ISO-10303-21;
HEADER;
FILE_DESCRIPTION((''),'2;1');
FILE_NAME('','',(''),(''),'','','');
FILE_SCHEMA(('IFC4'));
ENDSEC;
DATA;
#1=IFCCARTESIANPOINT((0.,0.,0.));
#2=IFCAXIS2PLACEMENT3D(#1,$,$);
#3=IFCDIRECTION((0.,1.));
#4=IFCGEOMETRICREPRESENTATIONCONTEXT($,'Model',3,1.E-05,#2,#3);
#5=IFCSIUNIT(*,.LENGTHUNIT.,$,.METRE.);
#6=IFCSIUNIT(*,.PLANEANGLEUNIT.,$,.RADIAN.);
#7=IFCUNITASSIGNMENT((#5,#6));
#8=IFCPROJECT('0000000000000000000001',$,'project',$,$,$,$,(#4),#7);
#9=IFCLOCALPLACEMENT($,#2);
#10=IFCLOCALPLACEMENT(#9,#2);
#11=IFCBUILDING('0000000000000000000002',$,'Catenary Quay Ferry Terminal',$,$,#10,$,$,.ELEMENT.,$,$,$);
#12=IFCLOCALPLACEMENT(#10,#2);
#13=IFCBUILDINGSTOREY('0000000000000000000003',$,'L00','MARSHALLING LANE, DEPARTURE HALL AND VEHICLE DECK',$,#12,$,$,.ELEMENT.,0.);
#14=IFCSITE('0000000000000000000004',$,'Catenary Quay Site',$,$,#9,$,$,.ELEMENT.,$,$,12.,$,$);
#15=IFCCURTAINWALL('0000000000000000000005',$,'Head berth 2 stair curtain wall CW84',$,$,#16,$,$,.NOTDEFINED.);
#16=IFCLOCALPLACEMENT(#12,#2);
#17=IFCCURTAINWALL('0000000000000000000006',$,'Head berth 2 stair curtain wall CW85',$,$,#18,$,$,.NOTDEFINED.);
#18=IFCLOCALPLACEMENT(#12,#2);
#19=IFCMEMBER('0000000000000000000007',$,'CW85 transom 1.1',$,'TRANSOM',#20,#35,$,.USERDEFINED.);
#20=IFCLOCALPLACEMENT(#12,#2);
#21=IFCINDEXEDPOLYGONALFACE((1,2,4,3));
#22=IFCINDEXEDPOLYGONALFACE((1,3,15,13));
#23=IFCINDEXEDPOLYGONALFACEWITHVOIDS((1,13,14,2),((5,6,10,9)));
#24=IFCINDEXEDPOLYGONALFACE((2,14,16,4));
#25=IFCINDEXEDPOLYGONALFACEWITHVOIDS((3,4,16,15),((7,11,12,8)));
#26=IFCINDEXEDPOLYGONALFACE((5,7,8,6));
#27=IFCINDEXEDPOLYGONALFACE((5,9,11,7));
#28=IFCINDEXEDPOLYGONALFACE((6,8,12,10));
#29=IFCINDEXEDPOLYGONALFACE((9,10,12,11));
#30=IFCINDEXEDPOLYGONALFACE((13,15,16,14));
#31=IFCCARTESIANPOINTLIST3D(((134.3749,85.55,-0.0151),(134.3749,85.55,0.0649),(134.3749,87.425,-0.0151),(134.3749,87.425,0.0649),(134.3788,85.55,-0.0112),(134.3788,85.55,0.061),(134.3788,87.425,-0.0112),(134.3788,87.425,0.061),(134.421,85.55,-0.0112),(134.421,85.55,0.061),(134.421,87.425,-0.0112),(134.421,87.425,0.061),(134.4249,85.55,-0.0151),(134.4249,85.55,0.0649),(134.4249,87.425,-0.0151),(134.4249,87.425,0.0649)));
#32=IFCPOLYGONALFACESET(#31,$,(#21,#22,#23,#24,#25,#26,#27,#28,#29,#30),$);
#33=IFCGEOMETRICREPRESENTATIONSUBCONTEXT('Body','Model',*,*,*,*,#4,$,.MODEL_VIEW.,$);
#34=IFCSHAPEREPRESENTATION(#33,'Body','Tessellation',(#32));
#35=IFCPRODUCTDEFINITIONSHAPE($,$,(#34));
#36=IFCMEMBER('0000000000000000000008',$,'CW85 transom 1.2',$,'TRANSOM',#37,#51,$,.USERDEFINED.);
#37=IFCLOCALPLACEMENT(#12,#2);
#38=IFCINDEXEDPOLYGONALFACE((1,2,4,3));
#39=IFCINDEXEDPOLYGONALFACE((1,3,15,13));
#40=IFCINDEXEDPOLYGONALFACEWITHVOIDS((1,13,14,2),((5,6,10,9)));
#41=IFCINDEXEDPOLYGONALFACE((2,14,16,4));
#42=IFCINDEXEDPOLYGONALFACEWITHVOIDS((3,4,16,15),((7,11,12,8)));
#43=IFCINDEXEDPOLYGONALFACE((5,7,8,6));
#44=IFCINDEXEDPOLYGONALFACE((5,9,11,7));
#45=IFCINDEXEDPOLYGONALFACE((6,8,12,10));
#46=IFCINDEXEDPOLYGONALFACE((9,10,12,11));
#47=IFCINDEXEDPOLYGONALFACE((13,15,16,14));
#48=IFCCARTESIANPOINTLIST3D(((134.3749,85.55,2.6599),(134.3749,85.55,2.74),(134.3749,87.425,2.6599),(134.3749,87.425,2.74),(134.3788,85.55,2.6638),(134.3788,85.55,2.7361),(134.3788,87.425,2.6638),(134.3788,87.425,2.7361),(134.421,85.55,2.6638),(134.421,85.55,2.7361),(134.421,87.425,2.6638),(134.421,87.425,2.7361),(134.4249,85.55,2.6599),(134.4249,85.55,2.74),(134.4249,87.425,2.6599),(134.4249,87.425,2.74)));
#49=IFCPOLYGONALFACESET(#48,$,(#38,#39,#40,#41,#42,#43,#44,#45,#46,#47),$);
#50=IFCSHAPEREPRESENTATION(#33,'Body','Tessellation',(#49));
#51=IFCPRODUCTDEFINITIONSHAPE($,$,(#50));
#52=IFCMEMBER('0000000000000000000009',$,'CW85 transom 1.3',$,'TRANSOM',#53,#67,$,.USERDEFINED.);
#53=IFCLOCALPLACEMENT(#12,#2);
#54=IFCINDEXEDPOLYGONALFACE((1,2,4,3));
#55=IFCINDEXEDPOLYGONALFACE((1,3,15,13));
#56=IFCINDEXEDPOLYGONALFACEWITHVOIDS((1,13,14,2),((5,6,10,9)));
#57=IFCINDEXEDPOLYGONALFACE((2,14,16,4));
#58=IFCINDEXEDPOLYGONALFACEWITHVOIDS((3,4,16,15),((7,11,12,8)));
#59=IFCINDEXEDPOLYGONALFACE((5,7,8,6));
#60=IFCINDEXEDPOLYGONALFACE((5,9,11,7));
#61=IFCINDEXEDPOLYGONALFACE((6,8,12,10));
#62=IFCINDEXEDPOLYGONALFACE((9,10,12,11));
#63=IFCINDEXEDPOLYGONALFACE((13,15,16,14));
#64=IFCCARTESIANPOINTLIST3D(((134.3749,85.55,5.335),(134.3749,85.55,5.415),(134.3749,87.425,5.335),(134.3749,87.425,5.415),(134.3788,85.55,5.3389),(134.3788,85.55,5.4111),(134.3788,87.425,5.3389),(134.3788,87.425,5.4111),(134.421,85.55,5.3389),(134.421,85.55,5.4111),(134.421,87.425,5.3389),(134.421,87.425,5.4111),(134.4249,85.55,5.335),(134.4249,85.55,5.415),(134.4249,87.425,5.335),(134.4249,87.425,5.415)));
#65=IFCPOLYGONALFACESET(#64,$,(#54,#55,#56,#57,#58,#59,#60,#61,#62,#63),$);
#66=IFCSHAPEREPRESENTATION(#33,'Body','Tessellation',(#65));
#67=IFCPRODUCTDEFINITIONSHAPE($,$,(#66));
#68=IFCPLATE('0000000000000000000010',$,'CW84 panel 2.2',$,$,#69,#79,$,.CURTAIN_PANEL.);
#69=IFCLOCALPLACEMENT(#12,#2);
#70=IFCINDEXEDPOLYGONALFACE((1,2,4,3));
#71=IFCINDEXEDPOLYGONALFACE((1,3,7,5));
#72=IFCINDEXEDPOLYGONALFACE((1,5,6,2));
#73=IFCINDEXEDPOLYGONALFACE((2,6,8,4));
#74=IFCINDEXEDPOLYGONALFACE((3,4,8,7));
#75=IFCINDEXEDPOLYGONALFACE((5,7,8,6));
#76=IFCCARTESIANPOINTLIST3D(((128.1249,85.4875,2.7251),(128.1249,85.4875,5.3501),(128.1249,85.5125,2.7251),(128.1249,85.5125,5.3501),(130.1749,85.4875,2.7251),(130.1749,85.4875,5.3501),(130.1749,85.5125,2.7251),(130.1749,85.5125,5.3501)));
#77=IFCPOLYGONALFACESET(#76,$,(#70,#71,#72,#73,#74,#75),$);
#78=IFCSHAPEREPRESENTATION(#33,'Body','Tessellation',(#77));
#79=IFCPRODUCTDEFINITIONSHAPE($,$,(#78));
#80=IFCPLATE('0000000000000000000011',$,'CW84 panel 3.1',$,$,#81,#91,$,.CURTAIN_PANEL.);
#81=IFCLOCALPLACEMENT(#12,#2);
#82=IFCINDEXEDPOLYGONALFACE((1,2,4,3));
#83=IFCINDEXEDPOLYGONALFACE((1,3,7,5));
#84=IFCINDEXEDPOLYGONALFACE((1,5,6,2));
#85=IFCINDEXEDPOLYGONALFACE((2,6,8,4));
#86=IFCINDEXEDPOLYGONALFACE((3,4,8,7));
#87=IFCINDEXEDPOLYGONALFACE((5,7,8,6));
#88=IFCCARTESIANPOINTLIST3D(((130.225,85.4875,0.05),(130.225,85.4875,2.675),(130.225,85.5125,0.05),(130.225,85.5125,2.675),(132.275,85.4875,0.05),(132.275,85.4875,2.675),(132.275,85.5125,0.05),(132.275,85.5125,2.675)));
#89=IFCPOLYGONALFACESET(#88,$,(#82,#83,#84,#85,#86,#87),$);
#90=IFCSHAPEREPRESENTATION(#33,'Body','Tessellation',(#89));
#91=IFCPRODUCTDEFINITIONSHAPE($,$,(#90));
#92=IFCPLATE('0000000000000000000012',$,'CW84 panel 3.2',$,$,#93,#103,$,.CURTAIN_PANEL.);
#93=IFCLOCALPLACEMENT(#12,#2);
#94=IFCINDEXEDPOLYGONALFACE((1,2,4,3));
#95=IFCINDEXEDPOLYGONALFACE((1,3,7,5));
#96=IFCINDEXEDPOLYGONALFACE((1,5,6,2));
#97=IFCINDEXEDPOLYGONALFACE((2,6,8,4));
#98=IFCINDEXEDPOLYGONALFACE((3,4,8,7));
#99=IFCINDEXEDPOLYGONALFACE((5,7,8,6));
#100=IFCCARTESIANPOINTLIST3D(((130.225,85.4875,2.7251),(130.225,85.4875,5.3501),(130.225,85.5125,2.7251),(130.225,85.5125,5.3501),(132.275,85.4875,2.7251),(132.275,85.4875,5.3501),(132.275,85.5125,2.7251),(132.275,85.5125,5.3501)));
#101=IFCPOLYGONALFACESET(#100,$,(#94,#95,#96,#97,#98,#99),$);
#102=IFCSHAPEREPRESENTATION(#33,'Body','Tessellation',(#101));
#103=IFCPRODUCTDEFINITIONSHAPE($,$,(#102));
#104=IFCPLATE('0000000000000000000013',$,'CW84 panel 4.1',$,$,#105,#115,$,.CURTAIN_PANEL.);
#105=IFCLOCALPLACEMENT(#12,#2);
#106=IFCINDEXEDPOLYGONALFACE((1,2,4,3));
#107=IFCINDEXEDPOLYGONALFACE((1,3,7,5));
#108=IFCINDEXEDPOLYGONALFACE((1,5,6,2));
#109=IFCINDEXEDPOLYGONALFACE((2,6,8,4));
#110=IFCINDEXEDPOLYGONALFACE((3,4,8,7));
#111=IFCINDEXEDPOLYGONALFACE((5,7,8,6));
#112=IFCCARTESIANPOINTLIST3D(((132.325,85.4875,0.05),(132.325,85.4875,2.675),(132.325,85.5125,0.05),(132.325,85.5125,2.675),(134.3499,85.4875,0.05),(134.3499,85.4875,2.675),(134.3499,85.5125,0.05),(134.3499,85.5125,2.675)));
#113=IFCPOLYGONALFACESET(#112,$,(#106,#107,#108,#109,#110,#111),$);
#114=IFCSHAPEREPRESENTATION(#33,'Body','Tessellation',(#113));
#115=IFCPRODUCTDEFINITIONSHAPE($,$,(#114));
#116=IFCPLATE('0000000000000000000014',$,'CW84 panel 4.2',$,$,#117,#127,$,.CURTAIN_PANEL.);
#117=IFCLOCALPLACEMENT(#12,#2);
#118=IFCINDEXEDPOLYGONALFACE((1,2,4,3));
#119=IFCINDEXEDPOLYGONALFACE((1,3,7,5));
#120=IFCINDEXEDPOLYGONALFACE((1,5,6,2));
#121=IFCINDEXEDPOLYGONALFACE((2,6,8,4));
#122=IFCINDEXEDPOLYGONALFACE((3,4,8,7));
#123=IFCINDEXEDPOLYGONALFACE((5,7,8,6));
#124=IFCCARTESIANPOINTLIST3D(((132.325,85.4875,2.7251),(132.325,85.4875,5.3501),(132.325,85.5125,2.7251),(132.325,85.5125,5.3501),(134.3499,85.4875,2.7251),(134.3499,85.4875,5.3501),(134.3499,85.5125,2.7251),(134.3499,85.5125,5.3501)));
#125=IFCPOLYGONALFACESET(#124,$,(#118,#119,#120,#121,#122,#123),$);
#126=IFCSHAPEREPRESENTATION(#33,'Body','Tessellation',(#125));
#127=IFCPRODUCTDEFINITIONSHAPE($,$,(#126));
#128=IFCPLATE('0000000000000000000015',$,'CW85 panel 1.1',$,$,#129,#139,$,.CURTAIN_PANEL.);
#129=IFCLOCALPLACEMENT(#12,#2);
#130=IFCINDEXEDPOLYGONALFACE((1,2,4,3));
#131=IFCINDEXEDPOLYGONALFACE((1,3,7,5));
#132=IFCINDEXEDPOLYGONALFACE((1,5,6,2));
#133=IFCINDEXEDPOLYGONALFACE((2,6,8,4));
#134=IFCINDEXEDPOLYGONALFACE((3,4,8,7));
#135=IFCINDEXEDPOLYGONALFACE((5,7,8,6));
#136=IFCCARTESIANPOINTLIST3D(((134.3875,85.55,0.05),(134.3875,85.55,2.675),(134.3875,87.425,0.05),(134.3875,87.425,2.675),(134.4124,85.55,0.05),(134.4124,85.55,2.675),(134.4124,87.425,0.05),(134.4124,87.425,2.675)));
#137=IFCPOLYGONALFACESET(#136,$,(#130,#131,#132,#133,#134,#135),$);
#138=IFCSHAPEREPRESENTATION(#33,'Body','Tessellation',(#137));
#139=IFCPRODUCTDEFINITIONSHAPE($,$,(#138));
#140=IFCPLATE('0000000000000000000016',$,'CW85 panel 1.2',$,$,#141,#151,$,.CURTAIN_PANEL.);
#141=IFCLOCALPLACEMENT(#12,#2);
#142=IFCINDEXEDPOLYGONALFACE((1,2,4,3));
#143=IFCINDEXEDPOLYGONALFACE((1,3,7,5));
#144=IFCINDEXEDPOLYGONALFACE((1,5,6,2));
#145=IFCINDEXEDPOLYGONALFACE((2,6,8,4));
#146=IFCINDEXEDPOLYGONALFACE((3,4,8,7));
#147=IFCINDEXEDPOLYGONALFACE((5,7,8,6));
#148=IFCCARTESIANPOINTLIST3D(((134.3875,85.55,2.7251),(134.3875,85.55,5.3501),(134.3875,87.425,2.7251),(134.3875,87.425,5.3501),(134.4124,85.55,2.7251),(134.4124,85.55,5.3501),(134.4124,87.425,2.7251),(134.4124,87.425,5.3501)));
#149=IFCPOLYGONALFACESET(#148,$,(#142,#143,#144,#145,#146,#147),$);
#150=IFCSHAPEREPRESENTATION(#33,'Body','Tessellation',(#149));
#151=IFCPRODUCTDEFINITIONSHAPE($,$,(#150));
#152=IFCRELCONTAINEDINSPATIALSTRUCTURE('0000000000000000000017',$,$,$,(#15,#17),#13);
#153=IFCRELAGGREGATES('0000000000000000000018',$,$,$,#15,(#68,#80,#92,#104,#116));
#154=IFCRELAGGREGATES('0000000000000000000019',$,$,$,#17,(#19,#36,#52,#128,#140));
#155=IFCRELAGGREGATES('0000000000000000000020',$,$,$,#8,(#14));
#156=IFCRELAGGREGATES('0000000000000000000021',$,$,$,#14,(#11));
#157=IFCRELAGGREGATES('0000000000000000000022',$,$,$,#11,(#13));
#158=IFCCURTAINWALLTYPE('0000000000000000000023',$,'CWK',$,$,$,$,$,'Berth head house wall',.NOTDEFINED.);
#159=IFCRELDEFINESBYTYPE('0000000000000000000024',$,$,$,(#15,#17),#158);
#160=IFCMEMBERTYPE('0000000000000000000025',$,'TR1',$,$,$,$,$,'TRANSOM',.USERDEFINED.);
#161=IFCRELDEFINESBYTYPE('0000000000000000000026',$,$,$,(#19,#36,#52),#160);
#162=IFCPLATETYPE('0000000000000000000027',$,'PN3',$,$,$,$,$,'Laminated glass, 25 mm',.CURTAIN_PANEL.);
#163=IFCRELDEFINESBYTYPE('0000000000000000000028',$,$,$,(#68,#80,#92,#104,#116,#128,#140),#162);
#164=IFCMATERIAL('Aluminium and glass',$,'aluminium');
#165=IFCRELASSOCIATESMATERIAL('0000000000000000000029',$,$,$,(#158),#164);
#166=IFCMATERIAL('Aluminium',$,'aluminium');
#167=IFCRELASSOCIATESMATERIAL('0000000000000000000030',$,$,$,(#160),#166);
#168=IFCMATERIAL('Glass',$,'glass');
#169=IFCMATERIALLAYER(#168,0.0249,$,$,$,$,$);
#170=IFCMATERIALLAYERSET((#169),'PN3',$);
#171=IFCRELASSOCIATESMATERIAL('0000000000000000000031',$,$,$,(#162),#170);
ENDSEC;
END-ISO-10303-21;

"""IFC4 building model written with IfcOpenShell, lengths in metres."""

from ifc_helpers import new_model, si_unit, direction, frame, origin, origin_2d, place, context, subcontext, project, spatial, rectangle, hollow_rectangle, extrude, material, layer, layer_set, material_profile, profile_set, type_object, element, aggregate, save


model = new_model("IFC4")

# Units and contexts
model_context = context("Model", 3, precision=1e-05, world=origin(), true_north=direction((0.0, 1.0)))
body_context = subcontext(model_context, "Body", "Model", "MODEL_VIEW")
ifc_project = project(units=[si_unit("LENGTHUNIT", "METRE"), si_unit("PLANEANGLEUNIT", "RADIAN")], contexts=[model_context])

# Site, building, storey
site_placement = place(None, origin())
site = spatial("IfcSite", under=ifc_project, at=site_placement, Name="Catenary Quay Site", CompositionType="ELEMENT", RefElevation=12.0)
building_placement = place(site_placement, origin())
building = spatial("IfcBuilding", under=site, at=building_placement, Name="Catenary Quay Ferry Terminal", CompositionType="ELEMENT")
storey_placement = place(building_placement, origin())
storey = spatial("IfcBuildingStorey", under=building, at=storey_placement, Name="L00", Description="MARSHALLING LANE, DEPARTURE HALL AND VEHICLE DECK", CompositionType="ELEMENT", Elevation=0.0)

# Curtain walls
ifc_material_1 = material(Name="Aluminium and glass", Category="aluminium")
curtain_wall_type = type_object("IfcCurtainWallType", Name="CWK", ElementType="Berth head house wall", PredefinedType="NOTDEFINED", material=ifc_material_1)
curtain_wall_1_placement = place(storey_placement, origin())
curtain_wall_1 = element("IfcCurtainWall", 1, at=curtain_wall_1_placement, inside=storey, type_object=curtain_wall_type, Name="Head berth 2 stair curtain wall CW84", PredefinedType="NOTDEFINED")
curtain_wall_2_placement = place(storey_placement, origin())
curtain_wall_2 = element("IfcCurtainWall", 2, at=curtain_wall_2_placement, inside=storey, type_object=curtain_wall_type, Name="Head berth 2 stair curtain wall CW85", PredefinedType="NOTDEFINED")

# Members
ifc_material_2 = material(Name="Aluminium", Category="aluminium")
ifc_material_profile_1 = material_profile(ifc_material_2, hollow_rectangle(XDim=0.05, YDim=0.0801, WallThickness=0.0039, at=origin_2d()), Name="TR1")
ifc_profile_set_1 = profile_set([ifc_material_profile_1], Name="Aluminium")
member_type_1 = type_object("IfcMemberType", Name="TR1", ElementType="TRANSOM", PredefinedType="USERDEFINED", material=ifc_profile_set_1)
member_1_placement = place(storey_placement, frame((134.3999, 85.55, 0.0249), z_axis=(0.0, 1.0, 0.0), x_axis=(-1.0, 0.0, 0.0)))
member_1 = element("IfcMember", 3, at=member_1_placement, type_object=member_type_1, Name="CW85 transom 1.1", ObjectType="TRANSOM", PredefinedType="USERDEFINED", context=body_context, shape_type="SweptSolid", body=[
    extrude(hollow_rectangle(XDim=0.05, YDim=0.0801, WallThickness=0.0039, at=origin_2d()), origin(), (0.0, 0.0, 1.0), 1.875),
])
member_2_placement = place(storey_placement, frame((134.3999, 85.55, 2.7), z_axis=(0.0, 1.0, 0.0), x_axis=(-1.0, 0.0, 0.0)))
member_2 = element("IfcMember", 4, at=member_2_placement, type_object=member_type_1, Name="CW85 transom 1.2", ObjectType="TRANSOM", PredefinedType="USERDEFINED", context=body_context, shape_type="SweptSolid", body=[
    extrude(hollow_rectangle(XDim=0.05, YDim=0.0801, WallThickness=0.0039, at=origin_2d()), origin(), (0.0, 0.0, 1.0), 1.875),
])
member_3_placement = place(storey_placement, frame((134.3999, 85.55, 5.375), z_axis=(0.0, 1.0, 0.0), x_axis=(-1.0, 0.0, 0.0)))
member_3 = element("IfcMember", 5, at=member_3_placement, type_object=member_type_1, Name="CW85 transom 1.3", ObjectType="TRANSOM", PredefinedType="USERDEFINED", context=body_context, shape_type="SweptSolid", body=[
    extrude(hollow_rectangle(XDim=0.05, YDim=0.0801, WallThickness=0.0039, at=origin_2d()), origin(), (0.0, 0.0, 1.0), 1.875),
])

# Plates
ifc_material_3 = material(Name="Glass", Category="glass")
ifc_layer = layer(ifc_material_3, 0.0249)
ifc_layer_set = layer_set([ifc_layer], Name="PN3")
plate_type = type_object("IfcPlateType", Name="PN3", ElementType="Laminated glass, 25 mm", PredefinedType="CURTAIN_PANEL", material=ifc_layer_set)
plate_1_placement = place(storey_placement, frame((129.1499, 85.5, 2.7251), z_axis=(0.0, 0.0, 1.0), x_axis=(1.0, 0.0, 0.0)))
plate_1 = element("IfcPlate", 6, at=plate_1_placement, type_object=plate_type, Name="CW84 panel 2.2", PredefinedType="CURTAIN_PANEL", context=body_context, shape_type="SweptSolid", body=[
    extrude(rectangle(XDim=2.05, YDim=0.0249, at=origin_2d()), origin(), (0.0, 0.0, 1.0), 2.625),
])
plate_2_placement = place(storey_placement, frame((131.25, 85.5, 0.05), z_axis=(0.0, 0.0, 1.0), x_axis=(1.0, 0.0, 0.0)))
plate_2 = element("IfcPlate", 7, at=plate_2_placement, type_object=plate_type, Name="CW84 panel 3.1", PredefinedType="CURTAIN_PANEL", context=body_context, shape_type="SweptSolid", body=[
    extrude(rectangle(XDim=2.05, YDim=0.0249, at=origin_2d()), origin(), (0.0, 0.0, 1.0), 2.625),
])
plate_3_placement = place(storey_placement, frame((131.25, 85.5, 2.7251), z_axis=(0.0, 0.0, 1.0), x_axis=(1.0, 0.0, 0.0)))
plate_3 = element("IfcPlate", 8, at=plate_3_placement, type_object=plate_type, Name="CW84 panel 3.2", PredefinedType="CURTAIN_PANEL", context=body_context, shape_type="SweptSolid", body=[
    extrude(rectangle(XDim=2.05, YDim=0.0249, at=origin_2d()), origin(), (0.0, 0.0, 1.0), 2.625),
])
plate_4_placement = place(storey_placement, frame((133.3374, 85.5, 0.05), z_axis=(0.0, 0.0, 1.0), x_axis=(1.0, 0.0, 0.0)))
plate_4 = element("IfcPlate", 9, at=plate_4_placement, type_object=plate_type, Name="CW84 panel 4.1", PredefinedType="CURTAIN_PANEL", context=body_context, shape_type="SweptSolid", body=[
    extrude(rectangle(XDim=2.0249, YDim=0.0249, at=origin_2d()), origin(), (0.0, 0.0, 1.0), 2.625),
])
plate_5_placement = place(storey_placement, frame((133.3374, 85.5, 2.7251), z_axis=(0.0, 0.0, 1.0), x_axis=(1.0, 0.0, 0.0)))
plate_5 = element("IfcPlate", 10, at=plate_5_placement, type_object=plate_type, Name="CW84 panel 4.2", PredefinedType="CURTAIN_PANEL", context=body_context, shape_type="SweptSolid", body=[
    extrude(rectangle(XDim=2.0249, YDim=0.0249, at=origin_2d()), origin(), (0.0, 0.0, 1.0), 2.625),
])
aggregate(curtain_wall_1, [plate_1, plate_2, plate_3, plate_4, plate_5])
plate_6_placement = place(storey_placement, frame((134.3999, 86.4875, 0.05), z_axis=(0.0, 0.0, 1.0), x_axis=(0.0, 1.0, 0.0)))
plate_6 = element("IfcPlate", 11, at=plate_6_placement, type_object=plate_type, Name="CW85 panel 1.1", PredefinedType="CURTAIN_PANEL", context=body_context, shape_type="SweptSolid", body=[
    extrude(rectangle(XDim=1.875, YDim=0.0249, at=origin_2d()), origin(), (0.0, 0.0, 1.0), 2.625),
])
plate_7_placement = place(storey_placement, frame((134.3999, 86.4875, 2.7251), z_axis=(0.0, 0.0, 1.0), x_axis=(0.0, 1.0, 0.0)))
plate_7 = element("IfcPlate", 12, at=plate_7_placement, type_object=plate_type, Name="CW85 panel 1.2", PredefinedType="CURTAIN_PANEL", context=body_context, shape_type="SweptSolid", body=[
    extrude(rectangle(XDim=1.875, YDim=0.0249, at=origin_2d()), origin(), (0.0, 0.0, 1.0), 2.625),
])
aggregate(curtain_wall_2, [member_1, member_2, member_3, plate_6, plate_7])

save(model, "model.ifc")
